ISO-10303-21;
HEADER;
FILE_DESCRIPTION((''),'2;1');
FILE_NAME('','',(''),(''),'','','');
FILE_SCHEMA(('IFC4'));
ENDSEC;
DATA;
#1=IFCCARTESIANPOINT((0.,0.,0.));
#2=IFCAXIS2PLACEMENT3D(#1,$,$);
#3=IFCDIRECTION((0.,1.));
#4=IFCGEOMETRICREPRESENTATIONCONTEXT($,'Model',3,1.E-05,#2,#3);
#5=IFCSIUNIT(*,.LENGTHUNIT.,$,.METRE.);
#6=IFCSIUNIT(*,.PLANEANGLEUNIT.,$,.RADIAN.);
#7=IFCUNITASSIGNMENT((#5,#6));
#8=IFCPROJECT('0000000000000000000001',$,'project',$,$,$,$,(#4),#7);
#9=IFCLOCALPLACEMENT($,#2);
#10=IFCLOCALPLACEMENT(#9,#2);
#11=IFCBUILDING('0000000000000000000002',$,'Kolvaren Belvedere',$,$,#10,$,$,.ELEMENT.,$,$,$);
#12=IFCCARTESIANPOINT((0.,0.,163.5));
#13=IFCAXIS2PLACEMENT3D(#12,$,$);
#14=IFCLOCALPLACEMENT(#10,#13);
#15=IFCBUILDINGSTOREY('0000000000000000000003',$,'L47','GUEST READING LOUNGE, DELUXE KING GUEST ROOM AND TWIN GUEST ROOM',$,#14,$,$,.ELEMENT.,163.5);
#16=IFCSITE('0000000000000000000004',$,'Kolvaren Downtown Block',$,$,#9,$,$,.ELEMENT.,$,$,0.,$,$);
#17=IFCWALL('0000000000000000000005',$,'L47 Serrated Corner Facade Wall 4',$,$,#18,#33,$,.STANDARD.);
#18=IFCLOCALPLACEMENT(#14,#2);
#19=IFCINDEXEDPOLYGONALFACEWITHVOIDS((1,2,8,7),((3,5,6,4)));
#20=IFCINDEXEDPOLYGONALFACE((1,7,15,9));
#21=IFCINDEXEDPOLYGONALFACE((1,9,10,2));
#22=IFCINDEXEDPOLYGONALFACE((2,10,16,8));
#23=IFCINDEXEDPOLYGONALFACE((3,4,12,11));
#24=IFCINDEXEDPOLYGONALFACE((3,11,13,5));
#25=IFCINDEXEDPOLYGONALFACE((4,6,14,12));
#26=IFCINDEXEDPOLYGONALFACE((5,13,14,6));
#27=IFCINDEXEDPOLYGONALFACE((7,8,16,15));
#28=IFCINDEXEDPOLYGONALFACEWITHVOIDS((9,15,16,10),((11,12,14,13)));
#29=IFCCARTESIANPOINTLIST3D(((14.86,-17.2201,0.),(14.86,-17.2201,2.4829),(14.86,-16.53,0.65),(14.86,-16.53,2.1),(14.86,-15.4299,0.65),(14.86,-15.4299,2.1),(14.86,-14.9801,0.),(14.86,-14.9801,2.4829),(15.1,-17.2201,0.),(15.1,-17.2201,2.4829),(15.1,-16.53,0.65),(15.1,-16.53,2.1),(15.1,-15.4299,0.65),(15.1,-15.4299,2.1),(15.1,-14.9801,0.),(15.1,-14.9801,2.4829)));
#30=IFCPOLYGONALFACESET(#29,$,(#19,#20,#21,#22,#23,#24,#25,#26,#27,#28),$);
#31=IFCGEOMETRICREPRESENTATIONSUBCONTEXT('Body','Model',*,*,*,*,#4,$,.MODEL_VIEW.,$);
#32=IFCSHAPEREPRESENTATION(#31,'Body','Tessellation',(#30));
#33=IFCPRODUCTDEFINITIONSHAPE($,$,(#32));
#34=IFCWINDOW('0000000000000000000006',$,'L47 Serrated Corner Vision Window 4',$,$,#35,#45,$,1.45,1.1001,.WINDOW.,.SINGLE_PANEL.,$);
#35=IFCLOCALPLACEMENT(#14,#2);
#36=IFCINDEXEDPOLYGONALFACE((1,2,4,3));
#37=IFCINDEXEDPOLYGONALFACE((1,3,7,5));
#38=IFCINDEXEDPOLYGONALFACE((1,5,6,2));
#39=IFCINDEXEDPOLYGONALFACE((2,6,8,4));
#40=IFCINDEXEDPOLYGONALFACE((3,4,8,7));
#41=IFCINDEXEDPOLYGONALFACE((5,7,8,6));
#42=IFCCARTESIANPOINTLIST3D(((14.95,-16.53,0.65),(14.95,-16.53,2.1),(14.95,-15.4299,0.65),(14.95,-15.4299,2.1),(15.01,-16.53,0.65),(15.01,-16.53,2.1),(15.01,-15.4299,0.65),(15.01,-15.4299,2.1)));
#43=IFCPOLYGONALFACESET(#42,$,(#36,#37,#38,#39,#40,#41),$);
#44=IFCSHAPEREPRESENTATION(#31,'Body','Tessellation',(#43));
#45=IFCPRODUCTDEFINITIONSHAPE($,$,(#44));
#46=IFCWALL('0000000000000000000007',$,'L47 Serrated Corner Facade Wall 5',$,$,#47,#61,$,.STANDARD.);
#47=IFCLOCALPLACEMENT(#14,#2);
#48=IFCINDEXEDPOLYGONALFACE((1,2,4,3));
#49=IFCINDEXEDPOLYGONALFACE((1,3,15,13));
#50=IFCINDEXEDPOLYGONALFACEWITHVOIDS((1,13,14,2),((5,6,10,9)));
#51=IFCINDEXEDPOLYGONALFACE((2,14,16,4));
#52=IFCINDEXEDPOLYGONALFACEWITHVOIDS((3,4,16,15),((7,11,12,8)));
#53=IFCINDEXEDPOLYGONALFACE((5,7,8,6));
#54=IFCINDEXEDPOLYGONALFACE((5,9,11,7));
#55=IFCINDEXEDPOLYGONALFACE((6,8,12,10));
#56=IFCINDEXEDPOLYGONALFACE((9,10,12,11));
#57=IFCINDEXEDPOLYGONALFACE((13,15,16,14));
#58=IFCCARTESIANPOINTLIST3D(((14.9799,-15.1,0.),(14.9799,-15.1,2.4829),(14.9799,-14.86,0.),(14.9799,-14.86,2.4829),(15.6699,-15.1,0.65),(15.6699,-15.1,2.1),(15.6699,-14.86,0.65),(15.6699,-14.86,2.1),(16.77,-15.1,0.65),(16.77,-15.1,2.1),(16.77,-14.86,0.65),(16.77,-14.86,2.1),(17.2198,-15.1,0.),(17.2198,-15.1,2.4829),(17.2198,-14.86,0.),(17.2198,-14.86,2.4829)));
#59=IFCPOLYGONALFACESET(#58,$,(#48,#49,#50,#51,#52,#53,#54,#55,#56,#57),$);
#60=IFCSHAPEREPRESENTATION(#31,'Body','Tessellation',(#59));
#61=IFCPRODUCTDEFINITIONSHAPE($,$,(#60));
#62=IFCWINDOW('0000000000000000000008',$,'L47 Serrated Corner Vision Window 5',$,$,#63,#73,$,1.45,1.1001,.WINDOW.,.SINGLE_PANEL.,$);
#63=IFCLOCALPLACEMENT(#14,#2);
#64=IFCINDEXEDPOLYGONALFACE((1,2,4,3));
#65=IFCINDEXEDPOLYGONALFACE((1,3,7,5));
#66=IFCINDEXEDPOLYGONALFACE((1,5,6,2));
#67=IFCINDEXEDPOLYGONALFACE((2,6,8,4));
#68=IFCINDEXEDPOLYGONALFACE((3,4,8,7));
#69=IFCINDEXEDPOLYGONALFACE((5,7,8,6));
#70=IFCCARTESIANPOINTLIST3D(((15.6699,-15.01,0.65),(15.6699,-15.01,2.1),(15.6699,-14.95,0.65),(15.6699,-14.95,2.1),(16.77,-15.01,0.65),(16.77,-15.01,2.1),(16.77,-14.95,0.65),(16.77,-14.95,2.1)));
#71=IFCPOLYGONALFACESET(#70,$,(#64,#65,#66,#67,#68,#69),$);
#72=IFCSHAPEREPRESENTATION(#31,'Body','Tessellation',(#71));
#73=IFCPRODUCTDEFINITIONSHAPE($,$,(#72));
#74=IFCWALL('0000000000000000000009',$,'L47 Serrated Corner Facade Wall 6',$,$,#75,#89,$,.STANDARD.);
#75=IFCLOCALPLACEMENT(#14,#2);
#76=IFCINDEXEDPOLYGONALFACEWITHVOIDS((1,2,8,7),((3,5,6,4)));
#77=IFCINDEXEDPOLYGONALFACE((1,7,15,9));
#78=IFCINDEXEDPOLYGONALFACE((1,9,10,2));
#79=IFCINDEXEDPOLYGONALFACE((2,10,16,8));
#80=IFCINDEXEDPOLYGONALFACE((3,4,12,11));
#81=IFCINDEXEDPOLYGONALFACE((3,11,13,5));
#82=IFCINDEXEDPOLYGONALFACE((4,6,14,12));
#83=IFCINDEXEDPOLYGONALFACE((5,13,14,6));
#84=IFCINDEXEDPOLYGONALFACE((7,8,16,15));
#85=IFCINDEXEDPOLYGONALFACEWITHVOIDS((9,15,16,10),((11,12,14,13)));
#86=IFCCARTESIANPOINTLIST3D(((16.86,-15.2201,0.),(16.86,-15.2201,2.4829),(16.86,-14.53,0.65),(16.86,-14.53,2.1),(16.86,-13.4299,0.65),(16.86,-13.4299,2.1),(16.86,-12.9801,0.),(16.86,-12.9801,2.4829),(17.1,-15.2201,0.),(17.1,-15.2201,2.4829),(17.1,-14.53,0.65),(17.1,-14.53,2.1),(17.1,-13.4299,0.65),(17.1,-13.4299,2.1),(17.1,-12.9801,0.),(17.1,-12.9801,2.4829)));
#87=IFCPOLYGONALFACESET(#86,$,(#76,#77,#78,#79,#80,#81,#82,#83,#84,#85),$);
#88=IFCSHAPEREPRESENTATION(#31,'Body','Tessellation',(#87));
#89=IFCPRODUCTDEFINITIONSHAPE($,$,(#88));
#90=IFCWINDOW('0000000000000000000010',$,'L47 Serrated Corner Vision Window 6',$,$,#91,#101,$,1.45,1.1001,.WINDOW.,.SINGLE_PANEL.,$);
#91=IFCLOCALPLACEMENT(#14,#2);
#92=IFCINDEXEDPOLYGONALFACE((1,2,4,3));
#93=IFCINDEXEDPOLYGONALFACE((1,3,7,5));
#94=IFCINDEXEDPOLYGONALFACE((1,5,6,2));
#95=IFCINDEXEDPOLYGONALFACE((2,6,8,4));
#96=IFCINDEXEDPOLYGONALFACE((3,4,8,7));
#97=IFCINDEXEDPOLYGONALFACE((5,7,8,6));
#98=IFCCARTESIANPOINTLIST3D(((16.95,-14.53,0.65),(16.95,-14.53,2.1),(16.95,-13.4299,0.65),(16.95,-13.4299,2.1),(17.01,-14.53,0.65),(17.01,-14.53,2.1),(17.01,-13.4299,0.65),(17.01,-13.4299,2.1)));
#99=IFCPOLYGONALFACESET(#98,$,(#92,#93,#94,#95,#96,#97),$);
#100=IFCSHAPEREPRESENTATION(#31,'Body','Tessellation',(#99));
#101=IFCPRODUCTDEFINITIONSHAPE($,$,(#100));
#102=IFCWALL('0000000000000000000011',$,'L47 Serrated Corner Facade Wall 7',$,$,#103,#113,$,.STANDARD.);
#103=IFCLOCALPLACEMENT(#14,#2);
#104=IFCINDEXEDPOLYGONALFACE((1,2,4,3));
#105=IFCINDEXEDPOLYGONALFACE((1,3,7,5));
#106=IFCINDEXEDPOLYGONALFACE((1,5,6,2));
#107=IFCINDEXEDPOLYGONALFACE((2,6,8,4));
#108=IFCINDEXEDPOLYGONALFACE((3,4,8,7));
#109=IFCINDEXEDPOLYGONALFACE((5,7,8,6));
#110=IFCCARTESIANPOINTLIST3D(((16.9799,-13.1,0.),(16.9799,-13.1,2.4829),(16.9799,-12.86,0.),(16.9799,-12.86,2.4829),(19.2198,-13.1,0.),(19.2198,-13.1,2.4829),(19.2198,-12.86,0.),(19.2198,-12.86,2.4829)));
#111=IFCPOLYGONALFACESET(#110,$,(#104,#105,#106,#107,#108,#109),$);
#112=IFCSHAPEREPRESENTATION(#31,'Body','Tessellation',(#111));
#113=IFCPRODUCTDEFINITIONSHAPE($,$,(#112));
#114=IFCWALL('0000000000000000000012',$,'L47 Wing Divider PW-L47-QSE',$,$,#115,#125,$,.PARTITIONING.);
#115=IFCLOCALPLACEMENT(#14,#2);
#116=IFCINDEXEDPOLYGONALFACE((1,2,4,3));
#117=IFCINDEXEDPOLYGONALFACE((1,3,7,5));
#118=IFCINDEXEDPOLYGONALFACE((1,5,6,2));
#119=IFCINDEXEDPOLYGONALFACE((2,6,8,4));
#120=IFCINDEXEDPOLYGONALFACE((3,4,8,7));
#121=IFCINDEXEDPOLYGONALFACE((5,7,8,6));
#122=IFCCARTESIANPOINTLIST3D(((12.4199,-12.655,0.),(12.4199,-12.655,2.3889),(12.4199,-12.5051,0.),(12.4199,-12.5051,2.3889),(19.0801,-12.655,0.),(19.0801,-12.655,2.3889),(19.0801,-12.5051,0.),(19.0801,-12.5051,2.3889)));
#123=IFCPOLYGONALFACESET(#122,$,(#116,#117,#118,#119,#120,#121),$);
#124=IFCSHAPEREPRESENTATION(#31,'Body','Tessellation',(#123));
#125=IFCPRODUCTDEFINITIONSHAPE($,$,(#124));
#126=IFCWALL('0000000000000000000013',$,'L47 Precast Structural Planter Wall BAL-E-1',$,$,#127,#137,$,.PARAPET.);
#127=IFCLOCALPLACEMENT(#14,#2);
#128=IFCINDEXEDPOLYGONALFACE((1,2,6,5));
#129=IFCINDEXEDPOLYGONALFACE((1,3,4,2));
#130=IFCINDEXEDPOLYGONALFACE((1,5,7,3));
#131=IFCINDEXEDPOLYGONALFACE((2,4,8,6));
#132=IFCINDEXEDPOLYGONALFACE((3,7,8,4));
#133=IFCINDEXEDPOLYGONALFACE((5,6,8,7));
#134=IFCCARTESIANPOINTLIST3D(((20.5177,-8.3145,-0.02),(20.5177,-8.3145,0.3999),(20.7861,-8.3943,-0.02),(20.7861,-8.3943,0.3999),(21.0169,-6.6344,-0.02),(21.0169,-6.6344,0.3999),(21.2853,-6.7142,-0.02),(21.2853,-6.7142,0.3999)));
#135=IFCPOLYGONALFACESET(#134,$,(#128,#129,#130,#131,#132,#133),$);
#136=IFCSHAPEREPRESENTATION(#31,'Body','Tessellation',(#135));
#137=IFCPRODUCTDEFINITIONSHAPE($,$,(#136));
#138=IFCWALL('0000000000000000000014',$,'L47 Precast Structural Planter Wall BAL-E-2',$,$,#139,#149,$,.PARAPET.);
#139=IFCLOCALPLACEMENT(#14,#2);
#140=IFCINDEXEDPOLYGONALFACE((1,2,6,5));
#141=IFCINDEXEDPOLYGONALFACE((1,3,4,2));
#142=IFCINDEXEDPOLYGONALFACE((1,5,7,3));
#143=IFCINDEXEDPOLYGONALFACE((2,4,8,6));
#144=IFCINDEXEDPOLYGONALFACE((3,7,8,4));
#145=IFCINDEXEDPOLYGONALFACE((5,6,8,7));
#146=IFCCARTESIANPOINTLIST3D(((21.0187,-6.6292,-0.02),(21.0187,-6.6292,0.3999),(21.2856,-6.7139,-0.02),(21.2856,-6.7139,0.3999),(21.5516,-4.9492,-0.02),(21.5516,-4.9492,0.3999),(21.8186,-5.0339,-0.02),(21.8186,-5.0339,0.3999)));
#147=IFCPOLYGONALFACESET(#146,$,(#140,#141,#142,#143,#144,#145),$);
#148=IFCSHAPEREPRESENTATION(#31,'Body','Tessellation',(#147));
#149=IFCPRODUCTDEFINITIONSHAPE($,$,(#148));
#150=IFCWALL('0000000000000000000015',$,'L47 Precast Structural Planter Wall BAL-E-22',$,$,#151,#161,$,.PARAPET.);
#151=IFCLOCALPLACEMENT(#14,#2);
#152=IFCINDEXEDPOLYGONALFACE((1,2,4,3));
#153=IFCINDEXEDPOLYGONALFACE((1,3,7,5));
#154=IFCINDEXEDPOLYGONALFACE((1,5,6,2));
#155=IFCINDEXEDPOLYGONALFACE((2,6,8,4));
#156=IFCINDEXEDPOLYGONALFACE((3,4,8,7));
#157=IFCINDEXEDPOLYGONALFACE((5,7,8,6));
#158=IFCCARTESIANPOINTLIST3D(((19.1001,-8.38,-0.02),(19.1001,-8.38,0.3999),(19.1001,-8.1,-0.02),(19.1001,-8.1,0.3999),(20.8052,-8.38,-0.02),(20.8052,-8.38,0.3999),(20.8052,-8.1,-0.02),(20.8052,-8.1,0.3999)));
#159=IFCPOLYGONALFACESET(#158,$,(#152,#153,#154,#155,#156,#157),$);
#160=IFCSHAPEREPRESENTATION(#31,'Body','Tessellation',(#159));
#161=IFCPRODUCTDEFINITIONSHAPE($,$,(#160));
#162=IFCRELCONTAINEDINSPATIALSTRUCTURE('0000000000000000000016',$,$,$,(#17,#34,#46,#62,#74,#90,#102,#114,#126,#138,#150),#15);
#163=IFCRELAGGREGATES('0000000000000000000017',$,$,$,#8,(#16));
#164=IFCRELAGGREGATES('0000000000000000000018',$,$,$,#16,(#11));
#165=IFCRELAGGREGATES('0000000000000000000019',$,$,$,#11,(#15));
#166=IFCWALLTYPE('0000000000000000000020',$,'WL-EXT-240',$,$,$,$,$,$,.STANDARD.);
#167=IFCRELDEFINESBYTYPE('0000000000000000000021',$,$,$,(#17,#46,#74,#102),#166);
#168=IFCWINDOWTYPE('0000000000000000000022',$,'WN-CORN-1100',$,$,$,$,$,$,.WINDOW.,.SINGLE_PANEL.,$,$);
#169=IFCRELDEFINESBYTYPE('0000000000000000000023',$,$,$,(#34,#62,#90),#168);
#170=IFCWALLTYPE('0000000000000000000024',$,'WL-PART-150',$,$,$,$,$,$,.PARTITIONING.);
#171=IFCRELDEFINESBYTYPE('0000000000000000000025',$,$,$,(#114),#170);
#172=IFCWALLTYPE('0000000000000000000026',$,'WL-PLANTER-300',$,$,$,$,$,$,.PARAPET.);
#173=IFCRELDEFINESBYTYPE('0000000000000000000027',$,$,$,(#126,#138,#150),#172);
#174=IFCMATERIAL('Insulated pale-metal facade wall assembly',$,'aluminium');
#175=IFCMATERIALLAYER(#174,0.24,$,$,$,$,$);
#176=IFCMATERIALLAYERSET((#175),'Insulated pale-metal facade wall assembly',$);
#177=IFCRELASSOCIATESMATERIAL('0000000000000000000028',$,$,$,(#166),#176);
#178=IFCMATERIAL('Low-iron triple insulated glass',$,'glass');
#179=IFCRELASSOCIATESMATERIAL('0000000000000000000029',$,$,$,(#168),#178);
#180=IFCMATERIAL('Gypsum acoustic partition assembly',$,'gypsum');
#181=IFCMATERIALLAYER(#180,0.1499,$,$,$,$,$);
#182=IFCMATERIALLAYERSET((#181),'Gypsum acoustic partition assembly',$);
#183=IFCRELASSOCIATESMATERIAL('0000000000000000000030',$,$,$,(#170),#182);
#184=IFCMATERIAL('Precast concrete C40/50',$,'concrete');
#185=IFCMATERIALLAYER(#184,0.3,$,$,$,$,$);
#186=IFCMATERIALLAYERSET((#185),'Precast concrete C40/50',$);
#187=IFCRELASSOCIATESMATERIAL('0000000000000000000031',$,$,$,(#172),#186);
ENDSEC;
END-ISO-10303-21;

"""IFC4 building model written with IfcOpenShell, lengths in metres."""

from ifc_helpers import new_model, si_unit, direction, frame, frame_2d, origin, place, context, subcontext, project, spatial, rectangle, extrude, material, layer, layer_set, type_object, element, fill, save


model = new_model("IFC4")

# Units and contexts
model_context = context("Model", 3, precision=1e-05, world=origin(), true_north=direction((0.0, 1.0)))
body_context = subcontext(model_context, "Body", "Model", "MODEL_VIEW")
ifc_project = project(units=[si_unit("LENGTHUNIT", "METRE"), si_unit("PLANEANGLEUNIT", "RADIAN")], contexts=[model_context])

# Site, building, storey
site_placement = place(None, origin())
site = spatial("IfcSite", under=ifc_project, at=site_placement, Name="Kolvaren Downtown Block", CompositionType="ELEMENT", RefElevation=0.0)
building_placement = place(site_placement, origin())
building = spatial("IfcBuilding", under=site, at=building_placement, Name="Kolvaren Belvedere", CompositionType="ELEMENT")
storey_placement = place(building_placement, frame((0.0, 0.0, 163.5)))
storey = spatial("IfcBuildingStorey", under=building, at=storey_placement, Name="L47", Description="GUEST READING LOUNGE, DELUXE KING GUEST ROOM AND TWIN GUEST ROOM", CompositionType="ELEMENT", Elevation=163.5)

# Shared definitions
ifc_material_1 = material(Name="Insulated pale-metal facade wall assembly", Category="aluminium")
ifc_layer_1 = layer(ifc_material_1, 0.24)
ifc_layer_set_1 = layer_set([ifc_layer_1], Name="Insulated pale-metal facade wall assembly")
wall_type_1 = type_object("IfcWallType", Name="WL-EXT-240", PredefinedType="STANDARD", material=ifc_layer_set_1)

# Walls, openings, windows
ifc_material_2 = material(Name="Low-iron triple insulated glass", Category="glass")
window_type = type_object("IfcWindowType", Name="WN-CORN-1100", PartitioningType="SINGLE_PANEL", PredefinedType="WINDOW", material=ifc_material_2)
wall_1_placement = place(storey_placement, frame((14.98, -14.98, 0.0), z_axis=(0.0, 0.0, 1.0), x_axis=(0.0, -1.0, 0.0)))
wall_1 = element("IfcWall", 1, at=wall_1_placement, inside=storey, type_object=wall_type_1, Name="L47 Serrated Corner Facade Wall 4", PredefinedType="STANDARD", context=body_context, shape_type="SweptSolid", body=[
    extrude(rectangle(XDim=2.24, YDim=0.24, at=frame_2d((1.1201, 0.0))), origin(), (0.0, 0.0, 1.0), 2.4829),
])
opening_1_placement = place(wall_1_placement, frame((0.45, 0.0, 0.6499)))
opening_1 = element("IfcOpeningElement", 2, at=opening_1_placement, cuts=wall_1, PredefinedType="OPENING", context=body_context, shape_type="SweptSolid", body=[
    extrude(rectangle(XDim=1.1001, YDim=1.45, at=frame_2d((0.55, 0.7251))), frame((0.0, 0.1299, 0.0), z_axis=(0.0, -1.0, 0.0), x_axis=(1.0, 0.0, 0.0)), (0.0, 0.0, 1.0), 0.26),
])
window_1_placement = place(opening_1_placement, origin())
window_1 = element("IfcWindow", 3, at=window_1_placement, inside=storey, type_object=window_type, Name="L47 Serrated Corner Vision Window 4", OverallHeight=1.45, OverallWidth=1.1001, PartitioningType="SINGLE_PANEL", PredefinedType="WINDOW", context=body_context, shape_type="SweptSolid", body=[
    extrude(rectangle(XDim=1.1001, YDim=1.45, at=frame_2d((0.55, 0.7251))), frame((0.0, 0.03, 0.0), z_axis=(0.0, -1.0, 0.0), x_axis=(1.0, 0.0, 0.0)), (0.0, 0.0, 1.0), 0.0601),
])
fill(opening_1, window_1)
wall_2_placement = place(storey_placement, frame((17.22, -14.98, 0.0), z_axis=(0.0, 0.0, 1.0), x_axis=(-1.0, 0.0, 0.0)))
wall_2 = element("IfcWall", 4, at=wall_2_placement, inside=storey, type_object=wall_type_1, Name="L47 Serrated Corner Facade Wall 5", PredefinedType="STANDARD", context=body_context, shape_type="SweptSolid", body=[
    extrude(rectangle(XDim=2.24, YDim=0.24, at=frame_2d((1.1201, 0.0))), origin(), (0.0, 0.0, 1.0), 2.4829),
])
opening_2_placement = place(wall_2_placement, frame((0.45, 0.0, 0.6499)))
opening_2 = element("IfcOpeningElement", 5, at=opening_2_placement, cuts=wall_2, PredefinedType="OPENING", context=body_context, shape_type="SweptSolid", body=[
    extrude(rectangle(XDim=1.1001, YDim=1.45, at=frame_2d((0.55, 0.7251))), frame((0.0, 0.1299, 0.0), z_axis=(0.0, -1.0, 0.0), x_axis=(1.0, 0.0, 0.0)), (0.0, 0.0, 1.0), 0.26),
])
window_2_placement = place(opening_2_placement, origin())
window_2 = element("IfcWindow", 6, at=window_2_placement, inside=storey, type_object=window_type, Name="L47 Serrated Corner Vision Window 5", OverallHeight=1.45, OverallWidth=1.1001, PartitioningType="SINGLE_PANEL", PredefinedType="WINDOW", context=body_context, shape_type="SweptSolid", body=[
    extrude(rectangle(XDim=1.1001, YDim=1.45, at=frame_2d((0.55, 0.7251))), frame((0.0, 0.03, 0.0), z_axis=(0.0, -1.0, 0.0), x_axis=(1.0, 0.0, 0.0)), (0.0, 0.0, 1.0), 0.0601),
])
fill(opening_2, window_2)
wall_3_placement = place(storey_placement, frame((16.98, -12.98, 0.0), z_axis=(0.0, 0.0, 1.0), x_axis=(0.0, -1.0, 0.0)))
wall_3 = element("IfcWall", 7, at=wall_3_placement, inside=storey, type_object=wall_type_1, Name="L47 Serrated Corner Facade Wall 6", PredefinedType="STANDARD", context=body_context, shape_type="SweptSolid", body=[
    extrude(rectangle(XDim=2.24, YDim=0.24, at=frame_2d((1.1201, 0.0))), origin(), (0.0, 0.0, 1.0), 2.4829),
])
opening_3_placement = place(wall_3_placement, frame((0.45, 0.0, 0.6499)))
opening_3 = element("IfcOpeningElement", 8, at=opening_3_placement, cuts=wall_3, PredefinedType="OPENING", context=body_context, shape_type="SweptSolid", body=[
    extrude(rectangle(XDim=1.1001, YDim=1.45, at=frame_2d((0.55, 0.7251))), frame((0.0, 0.1299, 0.0), z_axis=(0.0, -1.0, 0.0), x_axis=(1.0, 0.0, 0.0)), (0.0, 0.0, 1.0), 0.26),
])
window_3_placement = place(opening_3_placement, origin())
window_3 = element("IfcWindow", 9, at=window_3_placement, inside=storey, type_object=window_type, Name="L47 Serrated Corner Vision Window 6", OverallHeight=1.45, OverallWidth=1.1001, PartitioningType="SINGLE_PANEL", PredefinedType="WINDOW", context=body_context, shape_type="SweptSolid", body=[
    extrude(rectangle(XDim=1.1001, YDim=1.45, at=frame_2d((0.55, 0.7251))), frame((0.0, 0.03, 0.0), z_axis=(0.0, -1.0, 0.0), x_axis=(1.0, 0.0, 0.0)), (0.0, 0.0, 1.0), 0.0601),
])
fill(opening_3, window_3)

# Walls
wall_4_placement = place(storey_placement, frame((19.22, -12.98, 0.0), z_axis=(0.0, 0.0, 1.0), x_axis=(-1.0, 0.0, 0.0)))
element("IfcWall", 10, at=wall_4_placement, inside=storey, type_object=wall_type_1, Name="L47 Serrated Corner Facade Wall 7", PredefinedType="STANDARD", context=body_context, shape_type="SweptSolid", body=[
    extrude(rectangle(XDim=2.24, YDim=0.24, at=frame_2d((1.1201, 0.0))), origin(), (0.0, 0.0, 1.0), 2.4829),
])
ifc_material_3 = material(Name="Gypsum acoustic partition assembly", Category="gypsum")
ifc_layer_2 = layer(ifc_material_3, 0.1499)
ifc_layer_set_2 = layer_set([ifc_layer_2], Name="Gypsum acoustic partition assembly")
wall_type_2 = type_object("IfcWallType", Name="WL-PART-150", PredefinedType="PARTITIONING", material=ifc_layer_set_2)
wall_5_placement = place(storey_placement, frame((12.4199, -12.5801, 0.0), z_axis=(0.0, 0.0, 1.0), x_axis=(1.0, 0.0, 0.0)))
element("IfcWall", 11, at=wall_5_placement, inside=storey, type_object=wall_type_2, Name="L47 Wing Divider PW-L47-QSE", PredefinedType="PARTITIONING", context=body_context, shape_type="SweptSolid", body=[
    extrude(rectangle(XDim=6.6602, YDim=0.1499, at=frame_2d((3.3301, 0.0))), origin(), (0.0, 0.0, 1.0), 2.3889),
])
ifc_material_4 = material(Name="Precast concrete C40/50", Category="concrete")
ifc_layer_3 = layer(ifc_material_4, 0.3)
ifc_layer_set_3 = layer_set([ifc_layer_3], Name="Precast concrete C40/50")
wall_type_3 = type_object("IfcWallType", Name="WL-PLANTER-300", PredefinedType="PARAPET", material=ifc_layer_set_3)
wall_6_placement = place(storey_placement, frame((20.6519, -8.3545, -0.02), z_axis=(0.0, 0.0, 1.0), x_axis=(0.284842, 0.958574, 0.0)))
element("IfcWall", 12, at=wall_6_placement, inside=storey, type_object=wall_type_3, Name="L47 Precast Structural Planter Wall BAL-E-1", PredefinedType="PARAPET", context=body_context, shape_type="SweptSolid", body=[
    extrude(rectangle(XDim=1.7527, YDim=0.28, at=frame_2d((0.8765, 0.0))), origin(), (0.0, 0.0, 1.0), 0.4199),
])
wall_7_placement = place(storey_placement, frame((21.1521, -6.6716, -0.02), z_axis=(0.0, 0.0, 1.0), x_axis=(0.302397, 0.953182, 0.0)))
element("IfcWall", 13, at=wall_7_placement, inside=storey, type_object=wall_type_3, Name="L47 Precast Structural Planter Wall BAL-E-2", PredefinedType="PARAPET", context=body_context, shape_type="SweptSolid", body=[
    extrude(rectangle(XDim=1.7625, YDim=0.28, at=frame_2d((0.8813, 0.0))), origin(), (0.0, 0.0, 1.0), 0.4199),
])
wall_8_placement = place(storey_placement, frame((19.1001, -8.24, -0.02), z_axis=(0.0, 0.0, 1.0), x_axis=(1.0, 0.0, 0.0)))
element("IfcWall", 14, at=wall_8_placement, inside=storey, type_object=wall_type_3, Name="L47 Precast Structural Planter Wall BAL-E-22", PredefinedType="PARAPET", context=body_context, shape_type="SweptSolid", body=[
    extrude(rectangle(XDim=1.7051, YDim=0.28, at=frame_2d((0.8525, 0.0))), origin(), (0.0, 0.0, 1.0), 0.4199),
])

save(model, "model.ifc")
